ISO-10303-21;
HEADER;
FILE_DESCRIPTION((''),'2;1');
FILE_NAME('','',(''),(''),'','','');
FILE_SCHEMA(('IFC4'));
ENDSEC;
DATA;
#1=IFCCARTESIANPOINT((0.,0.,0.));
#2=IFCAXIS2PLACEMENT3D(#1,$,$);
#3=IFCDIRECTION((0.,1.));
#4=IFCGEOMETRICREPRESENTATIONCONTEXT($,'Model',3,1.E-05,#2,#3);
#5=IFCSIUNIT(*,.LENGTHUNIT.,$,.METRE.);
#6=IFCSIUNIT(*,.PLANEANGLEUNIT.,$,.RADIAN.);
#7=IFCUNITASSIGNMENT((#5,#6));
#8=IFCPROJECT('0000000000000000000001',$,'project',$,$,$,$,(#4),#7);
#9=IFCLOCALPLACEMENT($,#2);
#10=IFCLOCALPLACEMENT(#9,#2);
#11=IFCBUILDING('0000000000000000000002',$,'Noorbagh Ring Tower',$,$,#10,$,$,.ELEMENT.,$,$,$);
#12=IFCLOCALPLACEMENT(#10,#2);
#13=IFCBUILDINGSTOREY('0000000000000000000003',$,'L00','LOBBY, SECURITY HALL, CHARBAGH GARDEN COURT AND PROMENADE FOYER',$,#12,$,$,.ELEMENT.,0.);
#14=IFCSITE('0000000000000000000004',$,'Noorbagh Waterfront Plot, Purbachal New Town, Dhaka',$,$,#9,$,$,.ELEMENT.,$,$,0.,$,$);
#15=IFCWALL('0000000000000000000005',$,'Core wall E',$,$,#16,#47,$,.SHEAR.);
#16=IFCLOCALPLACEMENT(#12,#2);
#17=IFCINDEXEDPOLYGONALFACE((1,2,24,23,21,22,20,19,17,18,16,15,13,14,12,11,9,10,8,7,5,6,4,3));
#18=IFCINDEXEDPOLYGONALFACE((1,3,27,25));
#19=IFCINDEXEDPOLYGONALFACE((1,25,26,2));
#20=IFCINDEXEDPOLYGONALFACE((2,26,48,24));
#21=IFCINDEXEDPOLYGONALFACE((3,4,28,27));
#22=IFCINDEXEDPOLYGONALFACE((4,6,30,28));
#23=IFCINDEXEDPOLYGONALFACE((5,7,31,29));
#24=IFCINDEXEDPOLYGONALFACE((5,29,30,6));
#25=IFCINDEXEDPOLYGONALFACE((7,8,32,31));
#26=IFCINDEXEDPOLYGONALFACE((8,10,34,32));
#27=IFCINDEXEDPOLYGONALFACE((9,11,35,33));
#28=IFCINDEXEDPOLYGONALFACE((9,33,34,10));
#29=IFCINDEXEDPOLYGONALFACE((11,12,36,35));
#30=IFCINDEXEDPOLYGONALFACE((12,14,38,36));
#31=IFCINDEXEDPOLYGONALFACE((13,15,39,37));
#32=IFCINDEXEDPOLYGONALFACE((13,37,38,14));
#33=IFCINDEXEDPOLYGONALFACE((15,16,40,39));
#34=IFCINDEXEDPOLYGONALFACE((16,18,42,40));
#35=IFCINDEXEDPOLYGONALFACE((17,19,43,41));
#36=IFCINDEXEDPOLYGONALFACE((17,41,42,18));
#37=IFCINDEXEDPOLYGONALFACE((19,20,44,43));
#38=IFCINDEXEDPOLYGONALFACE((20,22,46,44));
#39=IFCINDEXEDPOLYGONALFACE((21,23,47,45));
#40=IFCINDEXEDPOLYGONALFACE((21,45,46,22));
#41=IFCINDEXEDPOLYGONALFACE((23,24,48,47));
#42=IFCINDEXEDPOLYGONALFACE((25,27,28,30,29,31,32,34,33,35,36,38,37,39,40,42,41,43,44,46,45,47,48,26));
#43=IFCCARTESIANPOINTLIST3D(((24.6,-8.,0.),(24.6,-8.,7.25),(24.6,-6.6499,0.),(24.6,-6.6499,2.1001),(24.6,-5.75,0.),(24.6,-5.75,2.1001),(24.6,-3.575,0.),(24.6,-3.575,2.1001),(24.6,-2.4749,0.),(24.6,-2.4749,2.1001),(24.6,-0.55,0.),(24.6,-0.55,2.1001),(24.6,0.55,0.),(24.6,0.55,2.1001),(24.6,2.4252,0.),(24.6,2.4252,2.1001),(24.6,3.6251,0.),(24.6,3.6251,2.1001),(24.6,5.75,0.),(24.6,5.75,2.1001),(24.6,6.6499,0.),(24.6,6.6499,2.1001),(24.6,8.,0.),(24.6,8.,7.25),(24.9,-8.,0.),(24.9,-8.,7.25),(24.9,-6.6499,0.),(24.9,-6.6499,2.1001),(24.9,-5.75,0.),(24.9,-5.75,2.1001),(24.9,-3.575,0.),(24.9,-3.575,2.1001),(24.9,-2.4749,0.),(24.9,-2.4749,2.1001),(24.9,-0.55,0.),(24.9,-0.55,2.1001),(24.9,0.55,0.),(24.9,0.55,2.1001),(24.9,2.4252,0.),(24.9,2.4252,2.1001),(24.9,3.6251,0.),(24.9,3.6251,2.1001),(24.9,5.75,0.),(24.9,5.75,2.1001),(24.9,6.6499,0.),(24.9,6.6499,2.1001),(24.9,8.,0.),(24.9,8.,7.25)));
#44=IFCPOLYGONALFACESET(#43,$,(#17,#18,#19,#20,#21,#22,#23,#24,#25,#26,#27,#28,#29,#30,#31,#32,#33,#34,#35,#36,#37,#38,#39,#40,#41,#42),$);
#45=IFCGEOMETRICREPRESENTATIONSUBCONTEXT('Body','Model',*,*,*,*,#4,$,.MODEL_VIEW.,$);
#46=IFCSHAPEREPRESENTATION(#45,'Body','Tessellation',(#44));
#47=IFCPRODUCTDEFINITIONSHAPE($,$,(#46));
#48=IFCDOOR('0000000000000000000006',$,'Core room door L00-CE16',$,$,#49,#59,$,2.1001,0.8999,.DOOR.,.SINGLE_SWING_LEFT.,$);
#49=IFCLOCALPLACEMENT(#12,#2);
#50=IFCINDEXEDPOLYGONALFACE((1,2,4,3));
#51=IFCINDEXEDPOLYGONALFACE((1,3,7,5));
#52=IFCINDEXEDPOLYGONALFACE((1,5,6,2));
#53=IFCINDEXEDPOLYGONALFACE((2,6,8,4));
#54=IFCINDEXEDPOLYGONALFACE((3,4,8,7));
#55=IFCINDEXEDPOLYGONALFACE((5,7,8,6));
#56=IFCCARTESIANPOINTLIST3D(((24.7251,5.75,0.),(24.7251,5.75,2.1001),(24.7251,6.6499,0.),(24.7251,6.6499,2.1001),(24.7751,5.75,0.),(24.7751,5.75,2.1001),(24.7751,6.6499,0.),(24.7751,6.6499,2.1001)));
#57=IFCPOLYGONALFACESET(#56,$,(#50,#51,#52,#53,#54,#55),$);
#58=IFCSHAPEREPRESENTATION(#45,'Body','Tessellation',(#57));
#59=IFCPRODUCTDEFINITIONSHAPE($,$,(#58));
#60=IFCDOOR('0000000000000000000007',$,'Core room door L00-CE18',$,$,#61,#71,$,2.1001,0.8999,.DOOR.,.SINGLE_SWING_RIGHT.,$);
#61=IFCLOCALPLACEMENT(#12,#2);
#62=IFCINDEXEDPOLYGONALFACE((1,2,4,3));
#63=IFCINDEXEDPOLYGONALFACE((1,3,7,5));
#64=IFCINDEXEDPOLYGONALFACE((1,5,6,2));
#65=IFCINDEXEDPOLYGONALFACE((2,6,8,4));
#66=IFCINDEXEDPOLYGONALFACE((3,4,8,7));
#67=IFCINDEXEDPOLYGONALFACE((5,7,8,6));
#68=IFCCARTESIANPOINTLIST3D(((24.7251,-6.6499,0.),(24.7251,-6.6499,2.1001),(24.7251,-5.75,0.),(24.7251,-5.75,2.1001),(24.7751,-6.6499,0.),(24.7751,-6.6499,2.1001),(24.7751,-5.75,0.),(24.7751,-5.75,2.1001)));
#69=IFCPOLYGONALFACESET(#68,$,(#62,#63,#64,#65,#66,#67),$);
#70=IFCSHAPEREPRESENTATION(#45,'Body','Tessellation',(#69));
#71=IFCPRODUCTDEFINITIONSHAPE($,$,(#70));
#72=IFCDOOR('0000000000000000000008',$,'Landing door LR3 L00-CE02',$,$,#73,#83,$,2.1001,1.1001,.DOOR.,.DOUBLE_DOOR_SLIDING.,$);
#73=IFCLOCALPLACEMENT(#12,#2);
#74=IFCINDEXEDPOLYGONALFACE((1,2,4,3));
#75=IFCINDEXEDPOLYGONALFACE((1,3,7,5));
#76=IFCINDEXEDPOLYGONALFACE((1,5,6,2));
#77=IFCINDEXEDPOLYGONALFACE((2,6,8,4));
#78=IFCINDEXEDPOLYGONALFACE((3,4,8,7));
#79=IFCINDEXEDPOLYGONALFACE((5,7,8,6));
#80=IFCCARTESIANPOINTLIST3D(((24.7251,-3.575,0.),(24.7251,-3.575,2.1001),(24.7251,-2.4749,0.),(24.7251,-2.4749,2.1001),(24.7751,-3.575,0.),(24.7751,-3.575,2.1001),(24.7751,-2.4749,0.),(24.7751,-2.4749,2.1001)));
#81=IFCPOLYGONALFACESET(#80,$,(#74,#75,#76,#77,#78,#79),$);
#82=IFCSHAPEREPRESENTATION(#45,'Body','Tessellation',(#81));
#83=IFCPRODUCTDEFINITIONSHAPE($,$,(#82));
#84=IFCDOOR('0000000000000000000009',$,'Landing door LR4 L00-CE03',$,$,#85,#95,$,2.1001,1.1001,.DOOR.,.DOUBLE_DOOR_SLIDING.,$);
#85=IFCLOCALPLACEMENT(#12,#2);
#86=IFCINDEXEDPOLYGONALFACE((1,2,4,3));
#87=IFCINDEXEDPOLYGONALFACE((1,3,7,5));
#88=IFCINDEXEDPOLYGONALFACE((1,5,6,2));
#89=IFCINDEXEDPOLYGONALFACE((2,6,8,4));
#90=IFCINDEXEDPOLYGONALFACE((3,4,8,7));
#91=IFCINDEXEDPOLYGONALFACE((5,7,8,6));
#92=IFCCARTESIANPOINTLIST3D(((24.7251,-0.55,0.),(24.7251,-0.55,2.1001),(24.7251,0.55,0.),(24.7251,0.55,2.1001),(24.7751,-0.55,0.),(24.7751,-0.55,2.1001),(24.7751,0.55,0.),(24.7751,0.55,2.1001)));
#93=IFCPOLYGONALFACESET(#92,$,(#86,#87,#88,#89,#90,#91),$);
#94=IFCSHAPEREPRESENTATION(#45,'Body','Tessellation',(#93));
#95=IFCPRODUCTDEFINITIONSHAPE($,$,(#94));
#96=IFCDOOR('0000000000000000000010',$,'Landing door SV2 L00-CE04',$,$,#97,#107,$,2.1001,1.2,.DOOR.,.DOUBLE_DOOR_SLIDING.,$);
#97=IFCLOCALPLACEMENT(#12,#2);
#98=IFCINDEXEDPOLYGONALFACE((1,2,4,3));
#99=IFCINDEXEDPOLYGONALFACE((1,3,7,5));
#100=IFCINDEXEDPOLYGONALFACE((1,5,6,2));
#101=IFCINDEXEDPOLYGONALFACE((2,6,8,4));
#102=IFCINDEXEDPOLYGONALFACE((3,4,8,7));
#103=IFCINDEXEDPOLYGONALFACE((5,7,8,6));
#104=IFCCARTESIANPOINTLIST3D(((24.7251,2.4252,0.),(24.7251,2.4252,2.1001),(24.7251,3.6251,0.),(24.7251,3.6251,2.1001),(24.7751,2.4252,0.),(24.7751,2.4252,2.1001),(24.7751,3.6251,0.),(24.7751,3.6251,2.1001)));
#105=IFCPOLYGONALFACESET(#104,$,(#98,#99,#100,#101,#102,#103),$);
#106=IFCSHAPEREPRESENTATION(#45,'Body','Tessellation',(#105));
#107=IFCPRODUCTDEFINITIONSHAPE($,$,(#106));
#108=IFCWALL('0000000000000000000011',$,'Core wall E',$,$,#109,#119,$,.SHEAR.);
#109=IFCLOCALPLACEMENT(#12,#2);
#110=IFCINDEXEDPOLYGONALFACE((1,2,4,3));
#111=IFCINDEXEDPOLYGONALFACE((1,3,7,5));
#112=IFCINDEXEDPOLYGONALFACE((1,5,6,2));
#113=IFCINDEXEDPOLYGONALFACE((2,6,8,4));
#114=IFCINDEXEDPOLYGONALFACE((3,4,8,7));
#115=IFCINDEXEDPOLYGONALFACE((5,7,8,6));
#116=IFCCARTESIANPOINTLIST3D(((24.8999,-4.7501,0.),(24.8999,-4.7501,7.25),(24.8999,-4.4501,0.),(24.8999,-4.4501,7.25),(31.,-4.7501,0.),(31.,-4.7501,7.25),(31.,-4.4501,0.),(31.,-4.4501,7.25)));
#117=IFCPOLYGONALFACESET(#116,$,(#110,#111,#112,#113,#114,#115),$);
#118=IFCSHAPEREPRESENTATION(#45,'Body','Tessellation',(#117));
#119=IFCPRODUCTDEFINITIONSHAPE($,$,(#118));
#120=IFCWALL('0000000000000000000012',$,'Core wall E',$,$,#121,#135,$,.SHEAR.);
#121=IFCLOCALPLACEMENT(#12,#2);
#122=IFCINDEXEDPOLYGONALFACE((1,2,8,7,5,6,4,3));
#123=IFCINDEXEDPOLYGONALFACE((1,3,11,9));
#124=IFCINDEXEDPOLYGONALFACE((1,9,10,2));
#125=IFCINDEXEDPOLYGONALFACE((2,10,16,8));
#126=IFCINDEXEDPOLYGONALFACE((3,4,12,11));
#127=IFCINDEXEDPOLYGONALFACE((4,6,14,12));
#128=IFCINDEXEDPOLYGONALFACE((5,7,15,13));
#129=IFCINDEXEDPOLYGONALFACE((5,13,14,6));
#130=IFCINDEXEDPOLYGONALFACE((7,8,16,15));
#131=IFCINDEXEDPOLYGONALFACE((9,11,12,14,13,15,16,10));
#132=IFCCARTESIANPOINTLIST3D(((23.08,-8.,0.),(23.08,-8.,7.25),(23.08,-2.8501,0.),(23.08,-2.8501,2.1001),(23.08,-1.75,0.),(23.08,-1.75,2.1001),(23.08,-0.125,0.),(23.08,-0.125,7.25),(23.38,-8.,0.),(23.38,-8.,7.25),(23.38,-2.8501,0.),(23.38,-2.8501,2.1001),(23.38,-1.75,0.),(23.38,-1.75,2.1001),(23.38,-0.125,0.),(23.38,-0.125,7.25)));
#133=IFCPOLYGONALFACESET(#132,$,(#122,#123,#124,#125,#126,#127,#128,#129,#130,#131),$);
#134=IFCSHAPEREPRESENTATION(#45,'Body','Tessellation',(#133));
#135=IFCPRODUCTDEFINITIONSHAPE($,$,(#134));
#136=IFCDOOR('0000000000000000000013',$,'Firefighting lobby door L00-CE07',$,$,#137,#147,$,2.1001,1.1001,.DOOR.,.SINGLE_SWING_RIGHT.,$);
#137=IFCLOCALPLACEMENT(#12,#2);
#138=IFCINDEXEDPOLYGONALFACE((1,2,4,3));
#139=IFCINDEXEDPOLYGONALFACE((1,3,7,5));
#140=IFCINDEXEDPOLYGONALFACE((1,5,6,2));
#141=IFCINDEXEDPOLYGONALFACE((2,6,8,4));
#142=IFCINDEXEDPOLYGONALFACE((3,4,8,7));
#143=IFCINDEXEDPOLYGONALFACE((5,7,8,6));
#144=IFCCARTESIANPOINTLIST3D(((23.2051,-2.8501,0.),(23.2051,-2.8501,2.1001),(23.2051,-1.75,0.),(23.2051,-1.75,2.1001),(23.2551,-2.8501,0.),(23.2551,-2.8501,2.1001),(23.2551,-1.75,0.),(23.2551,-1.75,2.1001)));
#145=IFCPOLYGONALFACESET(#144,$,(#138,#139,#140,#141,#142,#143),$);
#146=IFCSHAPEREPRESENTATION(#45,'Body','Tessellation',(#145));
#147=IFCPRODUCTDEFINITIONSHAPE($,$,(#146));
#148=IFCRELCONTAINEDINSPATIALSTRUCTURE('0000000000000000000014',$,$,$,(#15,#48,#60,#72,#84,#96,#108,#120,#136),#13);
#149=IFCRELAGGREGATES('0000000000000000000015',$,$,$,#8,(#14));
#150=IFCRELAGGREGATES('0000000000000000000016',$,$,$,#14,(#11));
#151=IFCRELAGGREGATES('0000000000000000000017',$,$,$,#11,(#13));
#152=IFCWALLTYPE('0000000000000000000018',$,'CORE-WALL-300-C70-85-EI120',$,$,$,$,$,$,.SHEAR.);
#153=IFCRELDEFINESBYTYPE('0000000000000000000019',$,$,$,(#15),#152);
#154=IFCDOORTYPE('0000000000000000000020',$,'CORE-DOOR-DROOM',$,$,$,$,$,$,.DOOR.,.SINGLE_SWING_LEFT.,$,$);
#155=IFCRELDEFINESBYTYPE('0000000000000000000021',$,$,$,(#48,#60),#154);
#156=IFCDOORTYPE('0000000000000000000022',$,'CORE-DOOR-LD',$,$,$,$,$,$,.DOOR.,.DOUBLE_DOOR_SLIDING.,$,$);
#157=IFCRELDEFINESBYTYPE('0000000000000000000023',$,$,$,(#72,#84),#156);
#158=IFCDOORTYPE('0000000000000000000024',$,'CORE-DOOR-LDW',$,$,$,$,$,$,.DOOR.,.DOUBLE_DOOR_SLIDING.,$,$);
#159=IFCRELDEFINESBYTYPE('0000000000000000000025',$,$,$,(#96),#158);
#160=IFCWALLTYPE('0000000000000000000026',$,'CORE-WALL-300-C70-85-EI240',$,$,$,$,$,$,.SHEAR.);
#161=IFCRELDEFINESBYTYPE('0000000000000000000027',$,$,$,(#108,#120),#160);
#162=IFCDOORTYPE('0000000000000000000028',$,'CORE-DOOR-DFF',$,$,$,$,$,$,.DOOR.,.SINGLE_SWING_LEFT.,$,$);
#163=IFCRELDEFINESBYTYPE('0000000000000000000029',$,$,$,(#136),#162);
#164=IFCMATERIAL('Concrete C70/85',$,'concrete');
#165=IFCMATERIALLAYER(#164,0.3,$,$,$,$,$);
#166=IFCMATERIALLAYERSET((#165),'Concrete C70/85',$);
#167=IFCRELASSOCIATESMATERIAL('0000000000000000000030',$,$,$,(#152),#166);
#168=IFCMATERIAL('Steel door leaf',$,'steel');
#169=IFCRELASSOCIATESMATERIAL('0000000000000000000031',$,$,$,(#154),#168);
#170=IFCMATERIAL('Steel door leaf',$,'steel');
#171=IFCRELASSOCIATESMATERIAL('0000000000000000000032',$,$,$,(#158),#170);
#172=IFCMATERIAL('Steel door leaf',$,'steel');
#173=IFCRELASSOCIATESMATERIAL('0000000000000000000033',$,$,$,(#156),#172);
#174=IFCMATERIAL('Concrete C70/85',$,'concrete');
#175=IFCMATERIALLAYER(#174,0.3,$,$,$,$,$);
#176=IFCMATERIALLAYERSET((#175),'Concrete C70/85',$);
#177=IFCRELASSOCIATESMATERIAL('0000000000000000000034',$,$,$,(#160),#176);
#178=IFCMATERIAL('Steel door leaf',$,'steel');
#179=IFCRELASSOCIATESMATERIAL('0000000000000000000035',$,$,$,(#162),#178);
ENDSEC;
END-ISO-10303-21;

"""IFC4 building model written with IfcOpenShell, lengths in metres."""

from ifc_helpers import new_model, si_unit, direction, frame, frame_2d, origin, place, context, subcontext, project, spatial, rectangle, extrude, material, layer, layer_set, type_object, element, fill, save


model = new_model("IFC4")

# Units and contexts
model_context = context("Model", 3, precision=1e-05, world=origin(), true_north=direction((0.0, 1.0)))
body_context = subcontext(model_context, "Body", "Model", "MODEL_VIEW")
ifc_project = project(units=[si_unit("LENGTHUNIT", "METRE"), si_unit("PLANEANGLEUNIT", "RADIAN")], contexts=[model_context])

# Site, building, storey
site_placement = place(None, origin())
site = spatial("IfcSite", under=ifc_project, at=site_placement, Name="Noorbagh Waterfront Plot, Purbachal New Town, Dhaka", CompositionType="ELEMENT", RefElevation=0.0)
building_placement = place(site_placement, origin())
building = spatial("IfcBuilding", under=site, at=building_placement, Name="Noorbagh Ring Tower", CompositionType="ELEMENT")
storey_placement = place(building_placement, origin())
storey = spatial("IfcBuildingStorey", under=building, at=storey_placement, Name="L00", Description="LOBBY, SECURITY HALL, CHARBAGH GARDEN COURT AND PROMENADE FOYER", CompositionType="ELEMENT", Elevation=0.0)

# Wall, openings, doors
ifc_material_1 = material(Name="Concrete C70/85", Category="concrete")
ifc_layer_1 = layer(ifc_material_1, 0.3)
ifc_layer_set_1 = layer_set([ifc_layer_1], Name="Concrete C70/85")
wall_type_1 = type_object("IfcWallType", Name="CORE-WALL-300-C70-85-EI120", PredefinedType="SHEAR", material=ifc_layer_set_1)
ifc_material_2 = material(Name="Steel door leaf", Category="steel")
door_type_1 = type_object("IfcDoorType", Name="CORE-DOOR-DROOM", OperationType="SINGLE_SWING_LEFT", PredefinedType="DOOR", material=ifc_material_2)
ifc_material_3 = material(Name="Steel door leaf", Category="steel")
door_type_2 = type_object("IfcDoorType", Name="CORE-DOOR-LDW", OperationType="DOUBLE_DOOR_SLIDING", PredefinedType="DOOR", material=ifc_material_3)
wall_1_placement = place(storey_placement, frame((24.75, -8.0, 0.0), z_axis=(0.0, 0.0, 1.0), x_axis=(0.0, 1.0, 0.0)))
wall_1 = element("IfcWall", 1, at=wall_1_placement, inside=storey, type_object=wall_type_1, Name="Core wall E", PredefinedType="SHEAR", context=body_context, shape_type="SweptSolid", body=[
    extrude(rectangle(XDim=16.0, YDim=0.3, at=frame_2d((8.0, 0.0))), origin(), (0.0, 0.0, 1.0), 7.25),
])
opening_1_placement = place(wall_1_placement, frame((4.425, 0.0, 0.0)))
opening_1 = element("IfcOpeningElement", 2, at=opening_1_placement, cuts=wall_1, PredefinedType="OPENING", context=body_context, shape_type="SweptSolid", body=[
    extrude(rectangle(XDim=1.1001, YDim=2.1001, at=frame_2d((0.55, 1.05))), frame((0.0, 0.1602, 0.0), z_axis=(0.0, -1.0, 0.0), x_axis=(1.0, 0.0, 0.0)), (0.0, 0.0, 1.0), 0.3201),
])
opening_2_placement = place(wall_1_placement, frame((7.45, 0.0, 0.0)))
opening_2 = element("IfcOpeningElement", 3, at=opening_2_placement, cuts=wall_1, PredefinedType="OPENING", context=body_context, shape_type="SweptSolid", body=[
    extrude(rectangle(XDim=1.1001, YDim=2.1001, at=frame_2d((0.55, 1.05))), frame((0.0, 0.1602, 0.0), z_axis=(0.0, -1.0, 0.0), x_axis=(1.0, 0.0, 0.0)), (0.0, 0.0, 1.0), 0.3201),
])
opening_3_placement = place(wall_1_placement, frame((10.425, 0.0, 0.0)))
opening_3 = element("IfcOpeningElement", 4, at=opening_3_placement, cuts=wall_1, PredefinedType="OPENING", context=body_context, shape_type="SweptSolid", body=[
    extrude(rectangle(XDim=1.2, YDim=2.1001, at=frame_2d((0.6001, 1.05))), frame((0.0, 0.1602, 0.0), z_axis=(0.0, -1.0, 0.0), x_axis=(1.0, 0.0, 0.0)), (0.0, 0.0, 1.0), 0.3201),
])
opening_4_placement = place(wall_1_placement, frame((13.75, 0.0, 0.0)))
opening_4 = element("IfcOpeningElement", 5, at=opening_4_placement, cuts=wall_1, PredefinedType="OPENING", context=body_context, shape_type="SweptSolid", body=[
    extrude(rectangle(XDim=0.8999, YDim=2.1001, at=frame_2d((0.45, 1.05))), frame((0.0, 0.1602, 0.0), z_axis=(0.0, -1.0, 0.0), x_axis=(1.0, 0.0, 0.0)), (0.0, 0.0, 1.0), 0.3201),
])
opening_5_placement = place(wall_1_placement, frame((1.3501, 0.0, 0.0)))
opening_5 = element("IfcOpeningElement", 6, at=opening_5_placement, cuts=wall_1, PredefinedType="OPENING", context=body_context, shape_type="SweptSolid", body=[
    extrude(rectangle(XDim=0.8999, YDim=2.1001, at=frame_2d((0.45, 1.05))), frame((0.0, 0.1602, 0.0), z_axis=(0.0, -1.0, 0.0), x_axis=(1.0, 0.0, 0.0)), (0.0, 0.0, 1.0), 0.3201),
])
door_1_placement = place(opening_4_placement, origin())
door_1 = element("IfcDoor", 7, at=door_1_placement, inside=storey, type_object=door_type_1, Name="Core room door L00-CE16", OperationType="SINGLE_SWING_LEFT", OverallHeight=2.1001, OverallWidth=0.8999, PredefinedType="DOOR", context=body_context, shape_type="SweptSolid", body=[
    extrude(rectangle(XDim=0.8999, YDim=2.1001, at=frame_2d((0.45, 1.05))), frame((0.0, 0.0249, 0.0), z_axis=(0.0, -1.0, 0.0), x_axis=(1.0, 0.0, 0.0)), (0.0, 0.0, 1.0), 0.05),
])
fill(opening_4, door_1)
door_2_placement = place(opening_5_placement, origin())
door_2 = element("IfcDoor", 8, at=door_2_placement, inside=storey, type_object=door_type_1, Name="Core room door L00-CE18", OperationType="SINGLE_SWING_RIGHT", OverallHeight=2.1001, OverallWidth=0.8999, PredefinedType="DOOR", context=body_context, shape_type="SweptSolid", body=[
    extrude(rectangle(XDim=0.8999, YDim=2.1001, at=frame_2d((0.45, 1.05))), frame((0.0, 0.0249, 0.0), z_axis=(0.0, -1.0, 0.0), x_axis=(1.0, 0.0, 0.0)), (0.0, 0.0, 1.0), 0.05),
])
fill(opening_5, door_2)
ifc_material_4 = material(Name="Steel door leaf", Category="steel")
door_type_3 = type_object("IfcDoorType", Name="CORE-DOOR-LD", OperationType="DOUBLE_DOOR_SLIDING", PredefinedType="DOOR", material=ifc_material_4)
door_3_placement = place(opening_1_placement, origin())
door_3 = element("IfcDoor", 9, at=door_3_placement, inside=storey, type_object=door_type_3, Name="Landing door LR3 L00-CE02", OperationType="DOUBLE_DOOR_SLIDING", OverallHeight=2.1001, OverallWidth=1.1001, PredefinedType="DOOR", context=body_context, shape_type="SweptSolid", body=[
    extrude(rectangle(XDim=1.1001, YDim=2.1001, at=frame_2d((0.55, 1.05))), frame((0.0, 0.0249, 0.0), z_axis=(0.0, -1.0, 0.0), x_axis=(1.0, 0.0, 0.0)), (0.0, 0.0, 1.0), 0.05),
])
fill(opening_1, door_3)
door_4_placement = place(opening_2_placement, origin())
door_4 = element("IfcDoor", 10, at=door_4_placement, inside=storey, type_object=door_type_3, Name="Landing door LR4 L00-CE03", OperationType="DOUBLE_DOOR_SLIDING", OverallHeight=2.1001, OverallWidth=1.1001, PredefinedType="DOOR", context=body_context, shape_type="SweptSolid", body=[
    extrude(rectangle(XDim=1.1001, YDim=2.1001, at=frame_2d((0.55, 1.05))), frame((0.0, 0.0249, 0.0), z_axis=(0.0, -1.0, 0.0), x_axis=(1.0, 0.0, 0.0)), (0.0, 0.0, 1.0), 0.05),
])
fill(opening_2, door_4)
door_5_placement = place(opening_3_placement, origin())
door_5 = element("IfcDoor", 11, at=door_5_placement, inside=storey, type_object=door_type_2, Name="Landing door SV2 L00-CE04", OperationType="DOUBLE_DOOR_SLIDING", OverallHeight=2.1001, OverallWidth=1.2, PredefinedType="DOOR", context=body_context, shape_type="SweptSolid", body=[
    extrude(rectangle(XDim=1.2, YDim=2.1001, at=frame_2d((0.6001, 1.05))), frame((0.0, 0.0249, 0.0), z_axis=(0.0, -1.0, 0.0), x_axis=(1.0, 0.0, 0.0)), (0.0, 0.0, 1.0), 0.05),
])
fill(opening_3, door_5)

# Wall
ifc_material_5 = material(Name="Concrete C70/85", Category="concrete")
ifc_layer_2 = layer(ifc_material_5, 0.3)
ifc_layer_set_2 = layer_set([ifc_layer_2], Name="Concrete C70/85")
wall_type_2 = type_object("IfcWallType", Name="CORE-WALL-300-C70-85-EI240", PredefinedType="SHEAR", material=ifc_layer_set_2)
wall_2_placement = place(storey_placement, frame((24.8999, -4.6001, 0.0), z_axis=(0.0, 0.0, 1.0), x_axis=(1.0, 0.0, 0.0)))
element("IfcWall", 12, at=wall_2_placement, inside=storey, type_object=wall_type_2, Name="Core wall E", PredefinedType="SHEAR", context=body_context, shape_type="SweptSolid", body=[
    extrude(rectangle(XDim=6.1001, YDim=0.3, at=frame_2d((3.05, 0.0))), origin(), (0.0, 0.0, 1.0), 7.25),
])

# Wall, opening, door
wall_3_placement = place(storey_placement, frame((23.23, -8.0, 0.0), z_axis=(0.0, 0.0, 1.0), x_axis=(0.0, 1.0, 0.0)))
wall_3 = element("IfcWall", 13, at=wall_3_placement, inside=storey, type_object=wall_type_2, Name="Core wall E", PredefinedType="SHEAR", context=body_context, shape_type="SweptSolid", body=[
    extrude(rectangle(XDim=7.875, YDim=0.3, at=frame_2d((3.9375, 0.0))), origin(), (0.0, 0.0, 1.0), 7.25),
])
opening_6_placement = place(wall_3_placement, frame((5.1499, 0.0, 0.0)))
opening_6 = element("IfcOpeningElement", 14, at=opening_6_placement, cuts=wall_3, PredefinedType="OPENING", context=body_context, shape_type="SweptSolid", body=[
    extrude(rectangle(XDim=1.1001, YDim=2.1001, at=frame_2d((0.55, 1.05))), frame((0.0, 0.1602, 0.0), z_axis=(0.0, -1.0, 0.0), x_axis=(1.0, 0.0, 0.0)), (0.0, 0.0, 1.0), 0.3201),
])
ifc_material_6 = material(Name="Steel door leaf", Category="steel")
door_type_4 = type_object("IfcDoorType", Name="CORE-DOOR-DFF", OperationType="SINGLE_SWING_LEFT", PredefinedType="DOOR", material=ifc_material_6)
door_6_placement = place(opening_6_placement, origin())
door_6 = element("IfcDoor", 15, at=door_6_placement, inside=storey, type_object=door_type_4, Name="Firefighting lobby door L00-CE07", OperationType="SINGLE_SWING_RIGHT", OverallHeight=2.1001, OverallWidth=1.1001, PredefinedType="DOOR", context=body_context, shape_type="SweptSolid", body=[
    extrude(rectangle(XDim=1.1001, YDim=2.1001, at=frame_2d((0.55, 1.05))), frame((0.0, 0.0249, 0.0), z_axis=(0.0, -1.0, 0.0), x_axis=(1.0, 0.0, 0.0)), (0.0, 0.0, 1.0), 0.05),
])
fill(opening_6, door_6)

save(model, "model.ifc")
